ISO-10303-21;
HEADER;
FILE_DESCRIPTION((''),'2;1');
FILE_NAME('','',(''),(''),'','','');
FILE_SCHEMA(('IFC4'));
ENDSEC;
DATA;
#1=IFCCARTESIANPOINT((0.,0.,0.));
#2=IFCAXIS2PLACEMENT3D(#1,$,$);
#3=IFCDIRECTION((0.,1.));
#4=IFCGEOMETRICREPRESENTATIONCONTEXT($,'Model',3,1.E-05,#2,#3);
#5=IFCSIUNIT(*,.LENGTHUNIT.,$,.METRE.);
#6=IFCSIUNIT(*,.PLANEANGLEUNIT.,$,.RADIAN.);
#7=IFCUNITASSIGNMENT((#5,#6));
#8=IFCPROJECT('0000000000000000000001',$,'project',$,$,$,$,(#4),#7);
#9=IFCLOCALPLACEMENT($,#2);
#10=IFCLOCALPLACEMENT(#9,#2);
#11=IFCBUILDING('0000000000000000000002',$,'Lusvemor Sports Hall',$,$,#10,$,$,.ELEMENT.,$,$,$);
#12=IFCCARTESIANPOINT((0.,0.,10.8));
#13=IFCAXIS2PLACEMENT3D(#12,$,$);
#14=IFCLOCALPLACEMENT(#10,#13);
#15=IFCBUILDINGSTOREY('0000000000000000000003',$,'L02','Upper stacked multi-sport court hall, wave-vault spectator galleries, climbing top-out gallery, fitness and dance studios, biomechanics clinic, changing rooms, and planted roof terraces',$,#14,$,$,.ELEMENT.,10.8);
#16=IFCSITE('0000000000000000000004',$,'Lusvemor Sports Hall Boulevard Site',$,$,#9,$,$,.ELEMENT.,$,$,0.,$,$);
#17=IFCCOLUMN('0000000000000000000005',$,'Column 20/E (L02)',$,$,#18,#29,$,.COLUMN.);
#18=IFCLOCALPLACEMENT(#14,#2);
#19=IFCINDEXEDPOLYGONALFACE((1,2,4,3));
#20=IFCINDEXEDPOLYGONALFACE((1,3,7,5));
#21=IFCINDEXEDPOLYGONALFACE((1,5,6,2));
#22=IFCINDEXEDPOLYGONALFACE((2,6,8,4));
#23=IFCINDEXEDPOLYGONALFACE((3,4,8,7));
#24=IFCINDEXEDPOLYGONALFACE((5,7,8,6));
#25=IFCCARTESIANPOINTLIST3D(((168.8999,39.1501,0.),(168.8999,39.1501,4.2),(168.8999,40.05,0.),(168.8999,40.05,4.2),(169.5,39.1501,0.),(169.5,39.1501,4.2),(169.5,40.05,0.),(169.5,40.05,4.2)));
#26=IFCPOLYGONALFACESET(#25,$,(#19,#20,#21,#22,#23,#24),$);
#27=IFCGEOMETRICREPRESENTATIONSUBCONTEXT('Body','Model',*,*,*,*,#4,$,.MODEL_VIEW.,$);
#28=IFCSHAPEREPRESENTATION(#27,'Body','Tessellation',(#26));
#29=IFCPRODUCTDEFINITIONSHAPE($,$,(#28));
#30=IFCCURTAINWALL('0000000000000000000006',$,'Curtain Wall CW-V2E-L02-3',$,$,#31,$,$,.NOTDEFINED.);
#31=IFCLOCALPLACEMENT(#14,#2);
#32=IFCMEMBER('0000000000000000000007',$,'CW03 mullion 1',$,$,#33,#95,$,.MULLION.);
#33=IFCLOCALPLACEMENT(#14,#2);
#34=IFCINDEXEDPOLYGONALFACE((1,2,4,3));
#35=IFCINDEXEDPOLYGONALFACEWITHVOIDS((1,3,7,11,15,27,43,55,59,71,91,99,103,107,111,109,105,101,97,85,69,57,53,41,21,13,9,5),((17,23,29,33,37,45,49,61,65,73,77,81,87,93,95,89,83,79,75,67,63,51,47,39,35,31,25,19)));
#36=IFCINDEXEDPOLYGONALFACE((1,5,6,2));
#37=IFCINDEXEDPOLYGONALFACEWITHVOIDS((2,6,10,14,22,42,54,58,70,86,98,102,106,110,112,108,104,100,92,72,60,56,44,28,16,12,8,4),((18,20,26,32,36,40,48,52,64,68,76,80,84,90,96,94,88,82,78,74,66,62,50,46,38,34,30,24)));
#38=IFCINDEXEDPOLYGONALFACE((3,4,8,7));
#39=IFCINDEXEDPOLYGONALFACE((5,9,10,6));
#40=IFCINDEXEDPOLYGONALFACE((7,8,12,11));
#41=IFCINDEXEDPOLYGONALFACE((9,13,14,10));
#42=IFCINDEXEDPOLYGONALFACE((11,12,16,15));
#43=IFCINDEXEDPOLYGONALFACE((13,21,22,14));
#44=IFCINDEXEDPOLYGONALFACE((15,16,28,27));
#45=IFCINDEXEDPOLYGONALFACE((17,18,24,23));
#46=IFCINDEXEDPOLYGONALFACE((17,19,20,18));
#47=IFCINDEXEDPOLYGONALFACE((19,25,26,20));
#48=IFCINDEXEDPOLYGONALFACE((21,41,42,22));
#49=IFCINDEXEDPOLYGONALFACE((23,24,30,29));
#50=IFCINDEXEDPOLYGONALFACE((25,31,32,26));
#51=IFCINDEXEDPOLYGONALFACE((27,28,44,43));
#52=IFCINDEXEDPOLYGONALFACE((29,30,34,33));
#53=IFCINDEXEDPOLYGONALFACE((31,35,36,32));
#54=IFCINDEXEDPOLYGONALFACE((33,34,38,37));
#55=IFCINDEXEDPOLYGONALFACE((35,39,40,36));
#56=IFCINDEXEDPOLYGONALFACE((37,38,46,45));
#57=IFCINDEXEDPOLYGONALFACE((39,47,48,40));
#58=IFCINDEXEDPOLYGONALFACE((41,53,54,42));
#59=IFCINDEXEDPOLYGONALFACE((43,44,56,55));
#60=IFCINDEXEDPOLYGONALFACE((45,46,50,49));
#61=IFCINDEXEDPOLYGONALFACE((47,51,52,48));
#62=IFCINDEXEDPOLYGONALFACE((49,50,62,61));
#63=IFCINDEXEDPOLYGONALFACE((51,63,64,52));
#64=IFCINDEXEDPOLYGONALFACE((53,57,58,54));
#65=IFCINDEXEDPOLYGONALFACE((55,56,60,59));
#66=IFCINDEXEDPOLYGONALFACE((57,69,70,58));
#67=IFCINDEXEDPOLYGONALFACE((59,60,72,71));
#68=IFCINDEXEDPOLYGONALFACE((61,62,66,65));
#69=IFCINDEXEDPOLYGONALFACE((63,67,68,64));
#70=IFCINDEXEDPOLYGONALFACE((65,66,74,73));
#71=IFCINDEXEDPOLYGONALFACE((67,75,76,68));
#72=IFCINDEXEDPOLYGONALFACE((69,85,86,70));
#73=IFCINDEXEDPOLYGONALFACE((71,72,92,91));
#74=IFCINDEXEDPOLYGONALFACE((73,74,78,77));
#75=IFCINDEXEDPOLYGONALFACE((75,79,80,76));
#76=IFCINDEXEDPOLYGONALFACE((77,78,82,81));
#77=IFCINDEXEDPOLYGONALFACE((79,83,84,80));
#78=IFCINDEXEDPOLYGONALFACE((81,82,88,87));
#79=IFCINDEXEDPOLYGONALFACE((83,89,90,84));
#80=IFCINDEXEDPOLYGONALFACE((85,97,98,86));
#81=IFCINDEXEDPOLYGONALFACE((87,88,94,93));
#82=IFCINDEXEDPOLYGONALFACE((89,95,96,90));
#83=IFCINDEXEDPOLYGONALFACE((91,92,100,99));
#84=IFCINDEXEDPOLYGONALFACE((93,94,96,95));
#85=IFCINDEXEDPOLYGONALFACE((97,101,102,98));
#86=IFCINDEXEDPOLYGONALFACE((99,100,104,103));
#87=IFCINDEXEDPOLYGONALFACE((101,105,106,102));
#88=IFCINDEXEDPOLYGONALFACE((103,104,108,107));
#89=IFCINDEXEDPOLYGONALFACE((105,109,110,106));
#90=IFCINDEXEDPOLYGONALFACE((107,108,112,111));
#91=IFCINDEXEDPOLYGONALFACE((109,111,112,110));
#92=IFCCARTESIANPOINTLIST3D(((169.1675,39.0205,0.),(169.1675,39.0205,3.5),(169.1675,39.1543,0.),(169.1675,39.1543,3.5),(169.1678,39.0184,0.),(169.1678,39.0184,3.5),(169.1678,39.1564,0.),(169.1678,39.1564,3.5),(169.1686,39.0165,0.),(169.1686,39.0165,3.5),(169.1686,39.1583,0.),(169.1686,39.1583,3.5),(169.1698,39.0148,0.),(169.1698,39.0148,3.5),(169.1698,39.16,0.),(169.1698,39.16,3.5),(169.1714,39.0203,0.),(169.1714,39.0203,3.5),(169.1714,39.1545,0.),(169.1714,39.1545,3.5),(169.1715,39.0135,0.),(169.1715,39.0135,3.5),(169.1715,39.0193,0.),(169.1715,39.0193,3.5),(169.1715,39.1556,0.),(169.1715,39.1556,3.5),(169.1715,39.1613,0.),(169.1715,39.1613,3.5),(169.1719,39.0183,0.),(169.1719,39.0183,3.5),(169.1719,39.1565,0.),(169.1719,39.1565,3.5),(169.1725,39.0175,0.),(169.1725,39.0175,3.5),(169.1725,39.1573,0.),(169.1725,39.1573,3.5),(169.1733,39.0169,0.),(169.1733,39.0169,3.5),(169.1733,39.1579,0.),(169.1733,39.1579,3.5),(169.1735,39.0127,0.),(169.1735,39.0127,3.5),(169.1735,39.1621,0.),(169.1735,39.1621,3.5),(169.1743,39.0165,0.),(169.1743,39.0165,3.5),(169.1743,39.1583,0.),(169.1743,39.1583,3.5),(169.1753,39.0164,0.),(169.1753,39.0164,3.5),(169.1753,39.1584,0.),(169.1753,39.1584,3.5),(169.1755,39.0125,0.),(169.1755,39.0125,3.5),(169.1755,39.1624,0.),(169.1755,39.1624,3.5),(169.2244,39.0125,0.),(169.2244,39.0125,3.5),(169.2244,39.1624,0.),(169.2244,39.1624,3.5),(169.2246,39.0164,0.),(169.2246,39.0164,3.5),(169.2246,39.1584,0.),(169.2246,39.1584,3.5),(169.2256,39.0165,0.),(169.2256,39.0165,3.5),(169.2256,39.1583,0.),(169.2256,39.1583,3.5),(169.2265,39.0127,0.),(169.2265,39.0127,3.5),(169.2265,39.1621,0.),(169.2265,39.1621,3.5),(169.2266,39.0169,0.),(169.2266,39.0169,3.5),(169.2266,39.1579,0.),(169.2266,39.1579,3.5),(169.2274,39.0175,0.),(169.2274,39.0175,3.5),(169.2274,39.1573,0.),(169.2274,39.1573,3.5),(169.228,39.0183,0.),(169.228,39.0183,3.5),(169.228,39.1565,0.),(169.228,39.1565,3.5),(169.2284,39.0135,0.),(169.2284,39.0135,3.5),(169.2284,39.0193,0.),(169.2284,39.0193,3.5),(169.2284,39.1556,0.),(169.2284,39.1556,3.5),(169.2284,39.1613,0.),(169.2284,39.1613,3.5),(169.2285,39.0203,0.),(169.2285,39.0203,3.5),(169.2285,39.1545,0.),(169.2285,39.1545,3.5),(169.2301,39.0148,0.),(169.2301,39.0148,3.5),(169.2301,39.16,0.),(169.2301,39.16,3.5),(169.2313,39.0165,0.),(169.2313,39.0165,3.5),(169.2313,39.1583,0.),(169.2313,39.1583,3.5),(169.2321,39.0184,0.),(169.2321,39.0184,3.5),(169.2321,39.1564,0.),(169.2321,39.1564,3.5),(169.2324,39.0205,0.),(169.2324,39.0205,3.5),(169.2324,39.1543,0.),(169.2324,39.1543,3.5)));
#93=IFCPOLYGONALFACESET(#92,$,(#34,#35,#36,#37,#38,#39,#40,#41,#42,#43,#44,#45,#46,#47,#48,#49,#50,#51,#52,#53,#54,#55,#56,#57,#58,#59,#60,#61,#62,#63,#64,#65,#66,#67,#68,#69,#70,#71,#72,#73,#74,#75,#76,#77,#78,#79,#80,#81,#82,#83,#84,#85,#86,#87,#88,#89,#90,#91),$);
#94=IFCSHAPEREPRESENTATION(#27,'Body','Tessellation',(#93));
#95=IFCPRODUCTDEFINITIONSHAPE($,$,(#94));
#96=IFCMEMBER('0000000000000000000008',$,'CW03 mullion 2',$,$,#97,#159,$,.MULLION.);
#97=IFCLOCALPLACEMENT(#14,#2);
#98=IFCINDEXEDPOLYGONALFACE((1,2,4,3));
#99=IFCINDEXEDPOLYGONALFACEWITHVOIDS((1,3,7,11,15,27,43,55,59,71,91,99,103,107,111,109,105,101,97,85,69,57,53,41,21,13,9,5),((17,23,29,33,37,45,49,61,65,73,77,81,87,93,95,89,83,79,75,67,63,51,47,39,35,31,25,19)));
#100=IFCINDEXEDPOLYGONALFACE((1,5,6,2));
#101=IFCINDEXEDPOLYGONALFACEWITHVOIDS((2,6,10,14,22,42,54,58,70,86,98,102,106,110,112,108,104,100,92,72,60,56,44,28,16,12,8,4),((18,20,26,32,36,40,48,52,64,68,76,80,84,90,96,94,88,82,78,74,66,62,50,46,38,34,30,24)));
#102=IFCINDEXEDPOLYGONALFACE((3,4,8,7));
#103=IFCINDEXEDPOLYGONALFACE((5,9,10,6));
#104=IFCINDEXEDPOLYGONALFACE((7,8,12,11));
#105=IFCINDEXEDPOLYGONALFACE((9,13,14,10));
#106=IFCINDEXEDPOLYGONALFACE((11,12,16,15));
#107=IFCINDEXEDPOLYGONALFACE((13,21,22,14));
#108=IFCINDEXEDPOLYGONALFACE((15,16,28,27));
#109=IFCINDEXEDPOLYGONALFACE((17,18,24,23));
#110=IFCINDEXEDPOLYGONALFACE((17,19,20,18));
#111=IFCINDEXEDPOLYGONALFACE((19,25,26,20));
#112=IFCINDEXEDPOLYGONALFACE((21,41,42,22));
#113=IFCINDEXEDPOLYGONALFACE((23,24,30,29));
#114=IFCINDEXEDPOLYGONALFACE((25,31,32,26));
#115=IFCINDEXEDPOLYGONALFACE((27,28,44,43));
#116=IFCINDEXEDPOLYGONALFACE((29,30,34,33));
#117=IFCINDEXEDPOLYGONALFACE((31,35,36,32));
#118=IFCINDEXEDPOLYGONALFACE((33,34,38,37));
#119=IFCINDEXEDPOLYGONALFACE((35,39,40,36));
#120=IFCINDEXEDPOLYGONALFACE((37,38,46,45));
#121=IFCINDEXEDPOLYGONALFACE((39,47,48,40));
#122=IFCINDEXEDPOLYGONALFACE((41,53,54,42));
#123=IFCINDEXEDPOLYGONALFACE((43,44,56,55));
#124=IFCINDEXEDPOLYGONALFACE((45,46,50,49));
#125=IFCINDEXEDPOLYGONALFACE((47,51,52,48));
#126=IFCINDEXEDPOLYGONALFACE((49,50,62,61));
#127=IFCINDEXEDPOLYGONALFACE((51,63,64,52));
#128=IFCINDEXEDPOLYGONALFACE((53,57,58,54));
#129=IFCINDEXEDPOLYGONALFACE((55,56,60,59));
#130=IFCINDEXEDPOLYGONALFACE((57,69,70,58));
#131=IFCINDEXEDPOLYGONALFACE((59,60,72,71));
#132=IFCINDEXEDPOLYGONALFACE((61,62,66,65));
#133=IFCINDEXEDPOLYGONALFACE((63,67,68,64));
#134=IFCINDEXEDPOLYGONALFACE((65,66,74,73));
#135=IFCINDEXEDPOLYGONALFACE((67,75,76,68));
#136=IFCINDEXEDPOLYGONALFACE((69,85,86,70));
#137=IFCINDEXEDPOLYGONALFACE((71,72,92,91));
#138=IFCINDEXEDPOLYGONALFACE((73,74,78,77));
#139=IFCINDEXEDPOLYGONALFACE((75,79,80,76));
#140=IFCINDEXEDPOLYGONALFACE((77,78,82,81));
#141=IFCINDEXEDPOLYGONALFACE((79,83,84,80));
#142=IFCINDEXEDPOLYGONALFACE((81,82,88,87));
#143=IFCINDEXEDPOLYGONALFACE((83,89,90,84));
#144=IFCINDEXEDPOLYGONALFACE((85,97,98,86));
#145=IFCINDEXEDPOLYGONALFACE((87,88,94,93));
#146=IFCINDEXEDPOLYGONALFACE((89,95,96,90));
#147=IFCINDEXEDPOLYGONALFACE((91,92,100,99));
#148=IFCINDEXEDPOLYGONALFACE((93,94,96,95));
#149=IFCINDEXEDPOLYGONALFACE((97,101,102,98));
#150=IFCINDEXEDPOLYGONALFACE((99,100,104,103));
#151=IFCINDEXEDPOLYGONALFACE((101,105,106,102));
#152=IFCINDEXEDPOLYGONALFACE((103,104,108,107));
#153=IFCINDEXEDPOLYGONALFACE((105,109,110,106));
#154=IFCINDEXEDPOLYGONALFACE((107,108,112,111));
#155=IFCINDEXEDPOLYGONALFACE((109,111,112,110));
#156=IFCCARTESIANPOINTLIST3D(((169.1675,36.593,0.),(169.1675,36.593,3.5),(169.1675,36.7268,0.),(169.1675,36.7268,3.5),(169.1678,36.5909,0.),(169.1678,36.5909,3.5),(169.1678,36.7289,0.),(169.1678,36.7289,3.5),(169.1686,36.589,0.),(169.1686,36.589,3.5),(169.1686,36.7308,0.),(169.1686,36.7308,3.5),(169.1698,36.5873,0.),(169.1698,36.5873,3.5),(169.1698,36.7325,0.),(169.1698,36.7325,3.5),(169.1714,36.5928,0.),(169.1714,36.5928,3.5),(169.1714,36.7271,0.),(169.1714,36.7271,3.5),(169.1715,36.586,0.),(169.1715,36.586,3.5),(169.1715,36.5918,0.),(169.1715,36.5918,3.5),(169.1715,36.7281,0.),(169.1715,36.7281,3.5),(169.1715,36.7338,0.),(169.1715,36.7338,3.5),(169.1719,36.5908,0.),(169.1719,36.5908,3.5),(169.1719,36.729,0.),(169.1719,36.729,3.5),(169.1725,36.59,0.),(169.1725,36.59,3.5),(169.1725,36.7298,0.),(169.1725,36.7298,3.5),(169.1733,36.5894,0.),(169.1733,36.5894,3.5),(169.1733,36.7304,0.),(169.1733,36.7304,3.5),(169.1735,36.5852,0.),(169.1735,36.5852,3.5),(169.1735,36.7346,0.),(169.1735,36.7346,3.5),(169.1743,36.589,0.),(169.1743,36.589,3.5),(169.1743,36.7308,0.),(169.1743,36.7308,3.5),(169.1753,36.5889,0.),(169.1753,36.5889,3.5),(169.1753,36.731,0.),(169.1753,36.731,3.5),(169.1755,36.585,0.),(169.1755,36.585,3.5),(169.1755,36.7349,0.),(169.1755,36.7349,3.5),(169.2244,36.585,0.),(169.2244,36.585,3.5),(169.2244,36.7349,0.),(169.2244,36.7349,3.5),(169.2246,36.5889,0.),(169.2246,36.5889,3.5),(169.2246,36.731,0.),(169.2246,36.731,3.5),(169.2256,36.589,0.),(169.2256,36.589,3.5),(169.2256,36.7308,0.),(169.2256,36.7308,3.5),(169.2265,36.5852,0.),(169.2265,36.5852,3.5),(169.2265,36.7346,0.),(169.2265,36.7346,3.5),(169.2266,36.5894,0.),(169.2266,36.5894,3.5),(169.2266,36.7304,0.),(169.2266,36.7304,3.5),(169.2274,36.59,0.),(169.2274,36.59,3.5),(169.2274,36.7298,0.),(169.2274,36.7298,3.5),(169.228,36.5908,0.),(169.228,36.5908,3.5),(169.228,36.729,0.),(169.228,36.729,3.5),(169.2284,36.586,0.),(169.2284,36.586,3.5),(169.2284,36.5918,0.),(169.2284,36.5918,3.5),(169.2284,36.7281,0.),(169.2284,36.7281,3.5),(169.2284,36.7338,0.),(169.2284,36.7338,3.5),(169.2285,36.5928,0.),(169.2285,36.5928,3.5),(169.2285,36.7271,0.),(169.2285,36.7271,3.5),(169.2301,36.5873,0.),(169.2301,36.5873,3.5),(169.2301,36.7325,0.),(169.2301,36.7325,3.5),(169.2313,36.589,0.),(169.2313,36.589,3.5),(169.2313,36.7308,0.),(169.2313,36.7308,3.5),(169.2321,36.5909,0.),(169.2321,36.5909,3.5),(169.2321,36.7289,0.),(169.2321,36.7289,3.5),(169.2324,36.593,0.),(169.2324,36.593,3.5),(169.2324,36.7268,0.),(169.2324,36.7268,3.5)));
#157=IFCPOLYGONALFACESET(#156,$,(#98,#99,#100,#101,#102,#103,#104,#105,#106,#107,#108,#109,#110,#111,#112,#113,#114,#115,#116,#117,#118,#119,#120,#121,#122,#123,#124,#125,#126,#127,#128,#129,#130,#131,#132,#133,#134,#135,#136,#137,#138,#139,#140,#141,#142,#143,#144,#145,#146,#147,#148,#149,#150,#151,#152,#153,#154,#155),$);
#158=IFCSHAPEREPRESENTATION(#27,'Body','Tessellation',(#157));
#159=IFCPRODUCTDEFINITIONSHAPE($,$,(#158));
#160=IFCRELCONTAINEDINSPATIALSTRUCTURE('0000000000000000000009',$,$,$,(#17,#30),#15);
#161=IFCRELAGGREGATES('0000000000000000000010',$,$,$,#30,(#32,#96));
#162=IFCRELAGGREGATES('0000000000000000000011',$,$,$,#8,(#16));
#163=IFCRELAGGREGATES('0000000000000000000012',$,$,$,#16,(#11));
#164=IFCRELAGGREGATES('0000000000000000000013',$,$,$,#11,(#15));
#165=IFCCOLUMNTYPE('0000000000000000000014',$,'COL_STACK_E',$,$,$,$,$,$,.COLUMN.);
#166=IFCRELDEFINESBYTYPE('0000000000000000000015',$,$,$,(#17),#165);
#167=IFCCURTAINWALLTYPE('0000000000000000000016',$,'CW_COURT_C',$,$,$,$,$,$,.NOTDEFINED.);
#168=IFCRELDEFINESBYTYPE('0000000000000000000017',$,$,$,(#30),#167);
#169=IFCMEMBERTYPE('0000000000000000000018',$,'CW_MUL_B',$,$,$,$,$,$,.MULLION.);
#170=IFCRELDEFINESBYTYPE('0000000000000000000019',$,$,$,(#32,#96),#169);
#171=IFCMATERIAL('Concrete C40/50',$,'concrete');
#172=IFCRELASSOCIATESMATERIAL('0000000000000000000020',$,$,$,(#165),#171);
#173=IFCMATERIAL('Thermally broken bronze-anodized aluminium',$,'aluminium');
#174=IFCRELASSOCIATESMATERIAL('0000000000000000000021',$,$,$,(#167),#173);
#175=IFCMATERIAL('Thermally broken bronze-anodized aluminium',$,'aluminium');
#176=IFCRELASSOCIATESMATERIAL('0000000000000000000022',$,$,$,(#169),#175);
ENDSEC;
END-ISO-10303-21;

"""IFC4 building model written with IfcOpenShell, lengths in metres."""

from ifc_helpers import new_model, si_unit, direction, frame, origin, origin_2d, place, context, subcontext, project, spatial, rectangle, hollow_rectangle, extrude, material, material_profile, profile_set, type_object, element, aggregate, save


model = new_model("IFC4")

# Units and contexts
model_context = context("Model", 3, precision=1e-05, world=origin(), true_north=direction((0.0, 1.0)))
body_context = subcontext(model_context, "Body", "Model", "MODEL_VIEW")
ifc_project = project(units=[si_unit("LENGTHUNIT", "METRE"), si_unit("PLANEANGLEUNIT", "RADIAN")], contexts=[model_context])

# Site, building, storey
site_placement = place(None, origin())
site = spatial("IfcSite", under=ifc_project, at=site_placement, Name="Lusvemor Sports Hall Boulevard Site", CompositionType="ELEMENT", RefElevation=0.0)
building_placement = place(site_placement, origin())
building = spatial("IfcBuilding", under=site, at=building_placement, Name="Lusvemor Sports Hall", CompositionType="ELEMENT")
storey_placement = place(building_placement, frame((0.0, 0.0, 10.8)))
storey = spatial("IfcBuildingStorey", under=building, at=storey_placement, Name="L02", Description="Upper stacked multi-sport court hall, wave-vault spectator galleries, climbing top-out gallery, fitness and dance studios, biomechanics clinic, changing rooms, and planted roof terraces", CompositionType="ELEMENT", Elevation=10.8)

# Column
ifc_material_1 = material(Name="Concrete C40/50", Category="concrete")
ifc_material_profile_1 = material_profile(ifc_material_1, rectangle(XDim=0.6001, YDim=0.8999, at=origin_2d()), Name="RC600x900")
ifc_profile_set_1 = profile_set([ifc_material_profile_1], Name="Concrete C40/50")
column_type = type_object("IfcColumnType", Name="COL_STACK_E", PredefinedType="COLUMN", material=ifc_profile_set_1)
column_placement = place(storey_placement, frame((169.2, 39.6001, 0.0), z_axis=(0.0, 0.0, 1.0), x_axis=(1.0, 0.0, 0.0)))
element("IfcColumn", 1, at=column_placement, inside=storey, type_object=column_type, Name="Column 20/E (L02)", PredefinedType="COLUMN", context=body_context, shape_type="SweptSolid", body=[
    extrude(rectangle(XDim=0.6001, YDim=0.8999, at=origin_2d()), origin(), (0.0, 0.0, 1.0), 4.2),
])

# Curtain wall, members
ifc_material_2 = material(Name="Thermally broken bronze-anodized aluminium", Category="aluminium")
curtain_wall_type_1 = type_object("IfcCurtainWallType", Name="CW_COURT_C", PredefinedType="NOTDEFINED", material=ifc_material_2)
curtain_wall_1_placement = place(storey_placement, origin())
curtain_wall_1 = element("IfcCurtainWall", 2, at=curtain_wall_1_placement, inside=storey, type_object=curtain_wall_type_1, Name="Curtain Wall CW-V2E-L02-3", PredefinedType="NOTDEFINED")
ifc_material_3 = material(Name="Thermally broken bronze-anodized aluminium", Category="aluminium")
ifc_material_profile_2 = material_profile(ifc_material_3, hollow_rectangle(XDim=0.0649, YDim=0.1499, WallThickness=0.0039, InnerFilletRadius=0.0039, OuterFilletRadius=0.0081, at=origin_2d()), Name="CWMUL150x65x4")
ifc_profile_set_2 = profile_set([ifc_material_profile_2], Name="Thermally broken bronze-anodized aluminium")
member_type_1 = type_object("IfcMemberType", Name="CW_MUL_B", PredefinedType="MULLION", material=ifc_profile_set_2)
member_1_placement = place(storey_placement, frame((169.2, 39.0874, 0.0), z_axis=(0.0, 0.0, 1.0), x_axis=(1.0, 0.0, 0.0)))
member_1 = element("IfcMember", 3, at=member_1_placement, type_object=member_type_1, Name="CW03 mullion 1", PredefinedType="MULLION", context=body_context, shape_type="SweptSolid", body=[
    extrude(hollow_rectangle(XDim=0.0649, YDim=0.1499, WallThickness=0.0039, InnerFilletRadius=0.0039, OuterFilletRadius=0.0081, at=origin_2d()), origin(), (0.0, 0.0, 1.0), 3.5),
])
member_2_placement = place(storey_placement, frame((169.2, 36.6599, 0.0), z_axis=(0.0, 0.0, 1.0), x_axis=(1.0, 0.0, 0.0)))
member_2 = element("IfcMember", 4, at=member_2_placement, type_object=member_type_1, Name="CW03 mullion 2", PredefinedType="MULLION", context=body_context, shape_type="SweptSolid", body=[
    extrude(hollow_rectangle(XDim=0.0649, YDim=0.1499, WallThickness=0.0039, InnerFilletRadius=0.0039, OuterFilletRadius=0.0081, at=origin_2d()), origin(), (0.0, 0.0, 1.0), 3.5),
])

aggregate(curtain_wall_1, [member_1, member_2])

save(model, "model.ifc")
